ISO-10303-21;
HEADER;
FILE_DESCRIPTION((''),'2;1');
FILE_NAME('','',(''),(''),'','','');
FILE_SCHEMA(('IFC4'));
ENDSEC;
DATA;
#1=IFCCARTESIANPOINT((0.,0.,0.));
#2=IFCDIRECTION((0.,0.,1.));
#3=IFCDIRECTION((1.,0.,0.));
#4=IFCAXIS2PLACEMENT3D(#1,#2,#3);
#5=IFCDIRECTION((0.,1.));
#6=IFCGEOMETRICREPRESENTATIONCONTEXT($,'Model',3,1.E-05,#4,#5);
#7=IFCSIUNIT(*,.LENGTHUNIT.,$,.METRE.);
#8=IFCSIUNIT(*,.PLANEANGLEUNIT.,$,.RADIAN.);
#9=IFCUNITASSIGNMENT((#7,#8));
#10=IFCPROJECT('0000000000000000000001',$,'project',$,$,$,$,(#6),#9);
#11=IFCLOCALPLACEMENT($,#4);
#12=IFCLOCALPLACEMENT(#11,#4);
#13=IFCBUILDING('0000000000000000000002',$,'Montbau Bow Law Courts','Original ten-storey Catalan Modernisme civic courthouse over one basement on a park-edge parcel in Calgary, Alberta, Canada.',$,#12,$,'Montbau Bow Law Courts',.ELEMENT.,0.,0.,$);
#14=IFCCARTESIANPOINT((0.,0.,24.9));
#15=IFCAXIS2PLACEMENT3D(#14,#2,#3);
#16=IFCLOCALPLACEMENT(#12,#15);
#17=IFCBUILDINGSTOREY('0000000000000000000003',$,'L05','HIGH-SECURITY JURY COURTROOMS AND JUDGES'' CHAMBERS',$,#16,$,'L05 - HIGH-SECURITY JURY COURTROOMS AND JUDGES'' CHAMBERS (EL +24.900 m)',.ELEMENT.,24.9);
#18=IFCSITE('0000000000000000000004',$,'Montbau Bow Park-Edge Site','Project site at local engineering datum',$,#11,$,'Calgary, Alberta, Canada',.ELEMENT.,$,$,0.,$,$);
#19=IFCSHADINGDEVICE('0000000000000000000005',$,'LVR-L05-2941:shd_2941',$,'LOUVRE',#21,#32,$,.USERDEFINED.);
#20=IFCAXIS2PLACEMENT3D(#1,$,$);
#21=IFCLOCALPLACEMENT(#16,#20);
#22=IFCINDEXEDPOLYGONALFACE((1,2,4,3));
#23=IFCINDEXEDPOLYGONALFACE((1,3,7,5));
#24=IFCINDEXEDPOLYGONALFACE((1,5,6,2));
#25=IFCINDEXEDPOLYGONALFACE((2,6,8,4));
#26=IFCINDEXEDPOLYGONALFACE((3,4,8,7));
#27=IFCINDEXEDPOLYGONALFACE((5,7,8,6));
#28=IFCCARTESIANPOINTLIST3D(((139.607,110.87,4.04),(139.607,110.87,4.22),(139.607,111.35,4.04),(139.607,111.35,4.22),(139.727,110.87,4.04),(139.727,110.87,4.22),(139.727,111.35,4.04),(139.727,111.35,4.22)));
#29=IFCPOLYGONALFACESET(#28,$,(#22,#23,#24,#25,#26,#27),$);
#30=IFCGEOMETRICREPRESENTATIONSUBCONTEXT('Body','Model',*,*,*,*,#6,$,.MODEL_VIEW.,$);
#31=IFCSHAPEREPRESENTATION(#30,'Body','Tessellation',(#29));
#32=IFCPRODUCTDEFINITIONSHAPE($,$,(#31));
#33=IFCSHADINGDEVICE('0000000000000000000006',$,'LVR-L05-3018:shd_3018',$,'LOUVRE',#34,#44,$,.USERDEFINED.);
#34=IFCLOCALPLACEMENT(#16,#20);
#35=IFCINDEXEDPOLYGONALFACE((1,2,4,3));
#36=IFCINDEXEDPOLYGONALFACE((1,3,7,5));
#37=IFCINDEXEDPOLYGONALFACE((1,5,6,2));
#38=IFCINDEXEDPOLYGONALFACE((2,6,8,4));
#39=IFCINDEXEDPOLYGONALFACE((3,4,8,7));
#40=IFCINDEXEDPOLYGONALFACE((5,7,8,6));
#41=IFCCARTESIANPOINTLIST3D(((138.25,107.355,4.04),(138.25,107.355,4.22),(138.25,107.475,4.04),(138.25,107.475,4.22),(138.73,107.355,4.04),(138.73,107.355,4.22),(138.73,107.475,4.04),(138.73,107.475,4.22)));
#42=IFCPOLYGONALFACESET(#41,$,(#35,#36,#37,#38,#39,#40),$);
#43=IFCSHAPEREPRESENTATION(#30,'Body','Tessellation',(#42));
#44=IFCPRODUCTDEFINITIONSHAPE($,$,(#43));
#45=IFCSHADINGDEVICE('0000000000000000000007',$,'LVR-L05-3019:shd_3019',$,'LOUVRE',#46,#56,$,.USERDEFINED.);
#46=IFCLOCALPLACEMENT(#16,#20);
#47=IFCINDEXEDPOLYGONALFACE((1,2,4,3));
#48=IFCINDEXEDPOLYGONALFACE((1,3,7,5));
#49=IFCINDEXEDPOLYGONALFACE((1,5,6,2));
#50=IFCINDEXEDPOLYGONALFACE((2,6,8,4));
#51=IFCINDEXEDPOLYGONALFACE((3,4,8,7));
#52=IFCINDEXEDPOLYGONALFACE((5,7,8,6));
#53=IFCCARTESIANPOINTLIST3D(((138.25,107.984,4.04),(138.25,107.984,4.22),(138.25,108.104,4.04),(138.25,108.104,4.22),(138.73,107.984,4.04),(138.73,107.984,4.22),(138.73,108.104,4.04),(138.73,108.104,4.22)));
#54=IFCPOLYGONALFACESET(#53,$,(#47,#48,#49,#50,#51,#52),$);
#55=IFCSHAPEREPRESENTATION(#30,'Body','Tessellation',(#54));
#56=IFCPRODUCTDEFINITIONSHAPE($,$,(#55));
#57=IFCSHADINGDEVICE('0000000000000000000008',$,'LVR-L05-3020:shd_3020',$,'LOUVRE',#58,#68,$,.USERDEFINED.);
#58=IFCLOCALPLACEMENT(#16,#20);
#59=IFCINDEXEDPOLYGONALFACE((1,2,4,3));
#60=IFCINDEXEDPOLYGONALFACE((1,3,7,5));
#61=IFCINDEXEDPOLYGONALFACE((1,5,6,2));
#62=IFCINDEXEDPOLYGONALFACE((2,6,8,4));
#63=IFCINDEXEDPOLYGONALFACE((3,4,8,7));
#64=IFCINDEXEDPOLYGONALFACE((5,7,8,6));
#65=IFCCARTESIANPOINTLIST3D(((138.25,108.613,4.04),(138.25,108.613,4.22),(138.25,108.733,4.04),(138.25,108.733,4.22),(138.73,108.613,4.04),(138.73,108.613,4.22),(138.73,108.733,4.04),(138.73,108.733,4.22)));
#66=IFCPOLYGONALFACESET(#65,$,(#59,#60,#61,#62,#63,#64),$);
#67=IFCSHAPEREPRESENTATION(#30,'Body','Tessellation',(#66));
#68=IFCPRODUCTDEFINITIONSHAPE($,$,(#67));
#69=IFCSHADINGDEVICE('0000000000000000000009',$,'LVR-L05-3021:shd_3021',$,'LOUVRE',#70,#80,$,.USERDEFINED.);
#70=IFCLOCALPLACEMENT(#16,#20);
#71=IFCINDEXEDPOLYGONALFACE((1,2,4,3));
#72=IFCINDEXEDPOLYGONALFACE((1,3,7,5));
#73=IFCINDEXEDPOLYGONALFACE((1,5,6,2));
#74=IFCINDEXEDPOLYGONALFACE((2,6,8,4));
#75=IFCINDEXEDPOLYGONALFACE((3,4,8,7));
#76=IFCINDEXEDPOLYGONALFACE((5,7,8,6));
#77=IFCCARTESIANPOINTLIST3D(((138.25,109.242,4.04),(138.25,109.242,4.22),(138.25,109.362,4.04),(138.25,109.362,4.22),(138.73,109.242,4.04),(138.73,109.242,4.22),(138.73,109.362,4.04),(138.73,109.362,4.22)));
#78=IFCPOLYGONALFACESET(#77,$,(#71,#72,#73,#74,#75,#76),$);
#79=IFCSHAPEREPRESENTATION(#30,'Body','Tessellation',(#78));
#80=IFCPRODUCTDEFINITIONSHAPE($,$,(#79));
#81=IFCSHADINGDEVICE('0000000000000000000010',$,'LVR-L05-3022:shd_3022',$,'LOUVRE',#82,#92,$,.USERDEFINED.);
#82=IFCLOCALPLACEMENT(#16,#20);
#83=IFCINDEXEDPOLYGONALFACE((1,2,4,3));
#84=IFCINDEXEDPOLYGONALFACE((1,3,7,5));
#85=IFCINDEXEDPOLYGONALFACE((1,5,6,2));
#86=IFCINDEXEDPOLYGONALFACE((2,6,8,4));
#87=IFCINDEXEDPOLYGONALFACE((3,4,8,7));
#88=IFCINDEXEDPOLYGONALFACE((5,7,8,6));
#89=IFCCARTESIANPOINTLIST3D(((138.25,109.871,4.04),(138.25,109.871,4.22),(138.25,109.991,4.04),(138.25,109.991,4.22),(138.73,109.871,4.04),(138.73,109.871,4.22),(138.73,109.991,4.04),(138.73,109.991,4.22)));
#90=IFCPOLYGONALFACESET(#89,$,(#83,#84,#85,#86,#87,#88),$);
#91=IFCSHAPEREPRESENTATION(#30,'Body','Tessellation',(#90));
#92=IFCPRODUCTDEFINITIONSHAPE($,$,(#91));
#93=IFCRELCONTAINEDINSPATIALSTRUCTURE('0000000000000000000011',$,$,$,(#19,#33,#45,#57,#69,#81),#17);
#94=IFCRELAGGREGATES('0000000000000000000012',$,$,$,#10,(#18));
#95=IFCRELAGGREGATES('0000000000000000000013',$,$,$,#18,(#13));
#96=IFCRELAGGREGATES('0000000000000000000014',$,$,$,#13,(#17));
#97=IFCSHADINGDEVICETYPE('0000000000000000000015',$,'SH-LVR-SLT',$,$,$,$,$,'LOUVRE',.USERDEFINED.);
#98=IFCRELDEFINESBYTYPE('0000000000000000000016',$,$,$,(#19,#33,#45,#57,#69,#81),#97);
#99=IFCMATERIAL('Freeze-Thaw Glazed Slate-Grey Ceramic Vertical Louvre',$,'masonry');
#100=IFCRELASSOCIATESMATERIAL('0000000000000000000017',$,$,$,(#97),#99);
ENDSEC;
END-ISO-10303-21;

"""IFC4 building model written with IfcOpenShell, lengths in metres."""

from ifc_helpers import new_model, si_unit, direction, frame, origin_with_axes, origin_2d_with_axis, place, context, subcontext, project, spatial, rectangle, extrude, material, type_object, element, save


model = new_model("IFC4")

# Units and contexts
model_context = context("Model", 3, precision=1e-05, world=origin_with_axes(), true_north=direction((0.0, 1.0)))
body_context = subcontext(model_context, "Body", "Model", "MODEL_VIEW")
ifc_project = project(units=[si_unit("LENGTHUNIT", "METRE"), si_unit("PLANEANGLEUNIT", "RADIAN")], contexts=[model_context])

# Site, building, storey
site_placement = place(None, origin_with_axes())
site = spatial("IfcSite", under=ifc_project, at=site_placement, Name="Montbau Bow Park-Edge Site", Description="Project site at local engineering datum", LongName="Calgary, Alberta, Canada", CompositionType="ELEMENT", RefElevation=0.0)
building_placement = place(site_placement, origin_with_axes())
building = spatial("IfcBuilding", under=site, at=building_placement, Name="Montbau Bow Law Courts", Description="Original ten-storey Catalan Modernisme civic courthouse over one basement on a park-edge parcel in Calgary, Alberta, Canada.", LongName="Montbau Bow Law Courts", CompositionType="ELEMENT", ElevationOfRefHeight=0.0, ElevationOfTerrain=0.0)
storey_placement = place(building_placement, frame((0.0, 0.0, 24.9), z_axis=(0.0, 0.0, 1.0), x_axis=(1.0, 0.0, 0.0)))
storey = spatial("IfcBuildingStorey", under=building, at=storey_placement, Name="L05", Description="HIGH-SECURITY JURY COURTROOMS AND JUDGES' CHAMBERS", LongName="L05 - HIGH-SECURITY JURY COURTROOMS AND JUDGES' CHAMBERS (EL +24.900 m)", CompositionType="ELEMENT", Elevation=24.9)

# Shading devices
ifc_material_1 = material(Name="Freeze-Thaw Glazed Slate-Grey Ceramic Vertical Louvre", Category="masonry")
shading_device_type = type_object("IfcShadingDeviceType", Name="SH-LVR-SLT", ElementType="LOUVRE", PredefinedType="USERDEFINED", material=ifc_material_1)
for number, where, z_axis, x_axis, name in (
    (1, (139.667, 111.11, 28.94), (0.0, 0.0, 1.0), (0.0, 1.0, 0.0), "LVR-L05-2941:shd_2941"),
    (2, (138.49, 107.415, 28.94), (0.0, 0.0, 1.0), (-1.0, 0.0, 0.0), "LVR-L05-3018:shd_3018"),
    (3, (138.49, 108.044, 28.94), (0.0, 0.0, 1.0), (-1.0, 0.0, 0.0), "LVR-L05-3019:shd_3019"),
    (4, (138.49, 108.673, 28.94), (0.0, 0.0, 1.0), (-1.0, 0.0, 0.0), "LVR-L05-3020:shd_3020"),
    (5, (138.49, 109.302, 28.94), (0.0, 0.0, 1.0), (-1.0, 0.0, 0.0), "LVR-L05-3021:shd_3021"),
    (6, (138.49, 109.931, 28.94), (0.0, 0.0, 1.0), (-1.0, 0.0, 0.0), "LVR-L05-3022:shd_3022"),
):
    element("IfcShadingDevice", number, at=place(None, frame(where, z_axis=z_axis, x_axis=x_axis)), inside=storey, type_object=shading_device_type, Name=name, ObjectType="LOUVRE", PredefinedType="USERDEFINED", context=body_context, shape_type="SweptSolid", body=[
        extrude(rectangle(XDim=0.48, YDim=0.12, at=origin_2d_with_axis()), origin_with_axes(), (0.0, 0.0, 1.0), 0.18),
    ])

save(model, "model.ifc")
